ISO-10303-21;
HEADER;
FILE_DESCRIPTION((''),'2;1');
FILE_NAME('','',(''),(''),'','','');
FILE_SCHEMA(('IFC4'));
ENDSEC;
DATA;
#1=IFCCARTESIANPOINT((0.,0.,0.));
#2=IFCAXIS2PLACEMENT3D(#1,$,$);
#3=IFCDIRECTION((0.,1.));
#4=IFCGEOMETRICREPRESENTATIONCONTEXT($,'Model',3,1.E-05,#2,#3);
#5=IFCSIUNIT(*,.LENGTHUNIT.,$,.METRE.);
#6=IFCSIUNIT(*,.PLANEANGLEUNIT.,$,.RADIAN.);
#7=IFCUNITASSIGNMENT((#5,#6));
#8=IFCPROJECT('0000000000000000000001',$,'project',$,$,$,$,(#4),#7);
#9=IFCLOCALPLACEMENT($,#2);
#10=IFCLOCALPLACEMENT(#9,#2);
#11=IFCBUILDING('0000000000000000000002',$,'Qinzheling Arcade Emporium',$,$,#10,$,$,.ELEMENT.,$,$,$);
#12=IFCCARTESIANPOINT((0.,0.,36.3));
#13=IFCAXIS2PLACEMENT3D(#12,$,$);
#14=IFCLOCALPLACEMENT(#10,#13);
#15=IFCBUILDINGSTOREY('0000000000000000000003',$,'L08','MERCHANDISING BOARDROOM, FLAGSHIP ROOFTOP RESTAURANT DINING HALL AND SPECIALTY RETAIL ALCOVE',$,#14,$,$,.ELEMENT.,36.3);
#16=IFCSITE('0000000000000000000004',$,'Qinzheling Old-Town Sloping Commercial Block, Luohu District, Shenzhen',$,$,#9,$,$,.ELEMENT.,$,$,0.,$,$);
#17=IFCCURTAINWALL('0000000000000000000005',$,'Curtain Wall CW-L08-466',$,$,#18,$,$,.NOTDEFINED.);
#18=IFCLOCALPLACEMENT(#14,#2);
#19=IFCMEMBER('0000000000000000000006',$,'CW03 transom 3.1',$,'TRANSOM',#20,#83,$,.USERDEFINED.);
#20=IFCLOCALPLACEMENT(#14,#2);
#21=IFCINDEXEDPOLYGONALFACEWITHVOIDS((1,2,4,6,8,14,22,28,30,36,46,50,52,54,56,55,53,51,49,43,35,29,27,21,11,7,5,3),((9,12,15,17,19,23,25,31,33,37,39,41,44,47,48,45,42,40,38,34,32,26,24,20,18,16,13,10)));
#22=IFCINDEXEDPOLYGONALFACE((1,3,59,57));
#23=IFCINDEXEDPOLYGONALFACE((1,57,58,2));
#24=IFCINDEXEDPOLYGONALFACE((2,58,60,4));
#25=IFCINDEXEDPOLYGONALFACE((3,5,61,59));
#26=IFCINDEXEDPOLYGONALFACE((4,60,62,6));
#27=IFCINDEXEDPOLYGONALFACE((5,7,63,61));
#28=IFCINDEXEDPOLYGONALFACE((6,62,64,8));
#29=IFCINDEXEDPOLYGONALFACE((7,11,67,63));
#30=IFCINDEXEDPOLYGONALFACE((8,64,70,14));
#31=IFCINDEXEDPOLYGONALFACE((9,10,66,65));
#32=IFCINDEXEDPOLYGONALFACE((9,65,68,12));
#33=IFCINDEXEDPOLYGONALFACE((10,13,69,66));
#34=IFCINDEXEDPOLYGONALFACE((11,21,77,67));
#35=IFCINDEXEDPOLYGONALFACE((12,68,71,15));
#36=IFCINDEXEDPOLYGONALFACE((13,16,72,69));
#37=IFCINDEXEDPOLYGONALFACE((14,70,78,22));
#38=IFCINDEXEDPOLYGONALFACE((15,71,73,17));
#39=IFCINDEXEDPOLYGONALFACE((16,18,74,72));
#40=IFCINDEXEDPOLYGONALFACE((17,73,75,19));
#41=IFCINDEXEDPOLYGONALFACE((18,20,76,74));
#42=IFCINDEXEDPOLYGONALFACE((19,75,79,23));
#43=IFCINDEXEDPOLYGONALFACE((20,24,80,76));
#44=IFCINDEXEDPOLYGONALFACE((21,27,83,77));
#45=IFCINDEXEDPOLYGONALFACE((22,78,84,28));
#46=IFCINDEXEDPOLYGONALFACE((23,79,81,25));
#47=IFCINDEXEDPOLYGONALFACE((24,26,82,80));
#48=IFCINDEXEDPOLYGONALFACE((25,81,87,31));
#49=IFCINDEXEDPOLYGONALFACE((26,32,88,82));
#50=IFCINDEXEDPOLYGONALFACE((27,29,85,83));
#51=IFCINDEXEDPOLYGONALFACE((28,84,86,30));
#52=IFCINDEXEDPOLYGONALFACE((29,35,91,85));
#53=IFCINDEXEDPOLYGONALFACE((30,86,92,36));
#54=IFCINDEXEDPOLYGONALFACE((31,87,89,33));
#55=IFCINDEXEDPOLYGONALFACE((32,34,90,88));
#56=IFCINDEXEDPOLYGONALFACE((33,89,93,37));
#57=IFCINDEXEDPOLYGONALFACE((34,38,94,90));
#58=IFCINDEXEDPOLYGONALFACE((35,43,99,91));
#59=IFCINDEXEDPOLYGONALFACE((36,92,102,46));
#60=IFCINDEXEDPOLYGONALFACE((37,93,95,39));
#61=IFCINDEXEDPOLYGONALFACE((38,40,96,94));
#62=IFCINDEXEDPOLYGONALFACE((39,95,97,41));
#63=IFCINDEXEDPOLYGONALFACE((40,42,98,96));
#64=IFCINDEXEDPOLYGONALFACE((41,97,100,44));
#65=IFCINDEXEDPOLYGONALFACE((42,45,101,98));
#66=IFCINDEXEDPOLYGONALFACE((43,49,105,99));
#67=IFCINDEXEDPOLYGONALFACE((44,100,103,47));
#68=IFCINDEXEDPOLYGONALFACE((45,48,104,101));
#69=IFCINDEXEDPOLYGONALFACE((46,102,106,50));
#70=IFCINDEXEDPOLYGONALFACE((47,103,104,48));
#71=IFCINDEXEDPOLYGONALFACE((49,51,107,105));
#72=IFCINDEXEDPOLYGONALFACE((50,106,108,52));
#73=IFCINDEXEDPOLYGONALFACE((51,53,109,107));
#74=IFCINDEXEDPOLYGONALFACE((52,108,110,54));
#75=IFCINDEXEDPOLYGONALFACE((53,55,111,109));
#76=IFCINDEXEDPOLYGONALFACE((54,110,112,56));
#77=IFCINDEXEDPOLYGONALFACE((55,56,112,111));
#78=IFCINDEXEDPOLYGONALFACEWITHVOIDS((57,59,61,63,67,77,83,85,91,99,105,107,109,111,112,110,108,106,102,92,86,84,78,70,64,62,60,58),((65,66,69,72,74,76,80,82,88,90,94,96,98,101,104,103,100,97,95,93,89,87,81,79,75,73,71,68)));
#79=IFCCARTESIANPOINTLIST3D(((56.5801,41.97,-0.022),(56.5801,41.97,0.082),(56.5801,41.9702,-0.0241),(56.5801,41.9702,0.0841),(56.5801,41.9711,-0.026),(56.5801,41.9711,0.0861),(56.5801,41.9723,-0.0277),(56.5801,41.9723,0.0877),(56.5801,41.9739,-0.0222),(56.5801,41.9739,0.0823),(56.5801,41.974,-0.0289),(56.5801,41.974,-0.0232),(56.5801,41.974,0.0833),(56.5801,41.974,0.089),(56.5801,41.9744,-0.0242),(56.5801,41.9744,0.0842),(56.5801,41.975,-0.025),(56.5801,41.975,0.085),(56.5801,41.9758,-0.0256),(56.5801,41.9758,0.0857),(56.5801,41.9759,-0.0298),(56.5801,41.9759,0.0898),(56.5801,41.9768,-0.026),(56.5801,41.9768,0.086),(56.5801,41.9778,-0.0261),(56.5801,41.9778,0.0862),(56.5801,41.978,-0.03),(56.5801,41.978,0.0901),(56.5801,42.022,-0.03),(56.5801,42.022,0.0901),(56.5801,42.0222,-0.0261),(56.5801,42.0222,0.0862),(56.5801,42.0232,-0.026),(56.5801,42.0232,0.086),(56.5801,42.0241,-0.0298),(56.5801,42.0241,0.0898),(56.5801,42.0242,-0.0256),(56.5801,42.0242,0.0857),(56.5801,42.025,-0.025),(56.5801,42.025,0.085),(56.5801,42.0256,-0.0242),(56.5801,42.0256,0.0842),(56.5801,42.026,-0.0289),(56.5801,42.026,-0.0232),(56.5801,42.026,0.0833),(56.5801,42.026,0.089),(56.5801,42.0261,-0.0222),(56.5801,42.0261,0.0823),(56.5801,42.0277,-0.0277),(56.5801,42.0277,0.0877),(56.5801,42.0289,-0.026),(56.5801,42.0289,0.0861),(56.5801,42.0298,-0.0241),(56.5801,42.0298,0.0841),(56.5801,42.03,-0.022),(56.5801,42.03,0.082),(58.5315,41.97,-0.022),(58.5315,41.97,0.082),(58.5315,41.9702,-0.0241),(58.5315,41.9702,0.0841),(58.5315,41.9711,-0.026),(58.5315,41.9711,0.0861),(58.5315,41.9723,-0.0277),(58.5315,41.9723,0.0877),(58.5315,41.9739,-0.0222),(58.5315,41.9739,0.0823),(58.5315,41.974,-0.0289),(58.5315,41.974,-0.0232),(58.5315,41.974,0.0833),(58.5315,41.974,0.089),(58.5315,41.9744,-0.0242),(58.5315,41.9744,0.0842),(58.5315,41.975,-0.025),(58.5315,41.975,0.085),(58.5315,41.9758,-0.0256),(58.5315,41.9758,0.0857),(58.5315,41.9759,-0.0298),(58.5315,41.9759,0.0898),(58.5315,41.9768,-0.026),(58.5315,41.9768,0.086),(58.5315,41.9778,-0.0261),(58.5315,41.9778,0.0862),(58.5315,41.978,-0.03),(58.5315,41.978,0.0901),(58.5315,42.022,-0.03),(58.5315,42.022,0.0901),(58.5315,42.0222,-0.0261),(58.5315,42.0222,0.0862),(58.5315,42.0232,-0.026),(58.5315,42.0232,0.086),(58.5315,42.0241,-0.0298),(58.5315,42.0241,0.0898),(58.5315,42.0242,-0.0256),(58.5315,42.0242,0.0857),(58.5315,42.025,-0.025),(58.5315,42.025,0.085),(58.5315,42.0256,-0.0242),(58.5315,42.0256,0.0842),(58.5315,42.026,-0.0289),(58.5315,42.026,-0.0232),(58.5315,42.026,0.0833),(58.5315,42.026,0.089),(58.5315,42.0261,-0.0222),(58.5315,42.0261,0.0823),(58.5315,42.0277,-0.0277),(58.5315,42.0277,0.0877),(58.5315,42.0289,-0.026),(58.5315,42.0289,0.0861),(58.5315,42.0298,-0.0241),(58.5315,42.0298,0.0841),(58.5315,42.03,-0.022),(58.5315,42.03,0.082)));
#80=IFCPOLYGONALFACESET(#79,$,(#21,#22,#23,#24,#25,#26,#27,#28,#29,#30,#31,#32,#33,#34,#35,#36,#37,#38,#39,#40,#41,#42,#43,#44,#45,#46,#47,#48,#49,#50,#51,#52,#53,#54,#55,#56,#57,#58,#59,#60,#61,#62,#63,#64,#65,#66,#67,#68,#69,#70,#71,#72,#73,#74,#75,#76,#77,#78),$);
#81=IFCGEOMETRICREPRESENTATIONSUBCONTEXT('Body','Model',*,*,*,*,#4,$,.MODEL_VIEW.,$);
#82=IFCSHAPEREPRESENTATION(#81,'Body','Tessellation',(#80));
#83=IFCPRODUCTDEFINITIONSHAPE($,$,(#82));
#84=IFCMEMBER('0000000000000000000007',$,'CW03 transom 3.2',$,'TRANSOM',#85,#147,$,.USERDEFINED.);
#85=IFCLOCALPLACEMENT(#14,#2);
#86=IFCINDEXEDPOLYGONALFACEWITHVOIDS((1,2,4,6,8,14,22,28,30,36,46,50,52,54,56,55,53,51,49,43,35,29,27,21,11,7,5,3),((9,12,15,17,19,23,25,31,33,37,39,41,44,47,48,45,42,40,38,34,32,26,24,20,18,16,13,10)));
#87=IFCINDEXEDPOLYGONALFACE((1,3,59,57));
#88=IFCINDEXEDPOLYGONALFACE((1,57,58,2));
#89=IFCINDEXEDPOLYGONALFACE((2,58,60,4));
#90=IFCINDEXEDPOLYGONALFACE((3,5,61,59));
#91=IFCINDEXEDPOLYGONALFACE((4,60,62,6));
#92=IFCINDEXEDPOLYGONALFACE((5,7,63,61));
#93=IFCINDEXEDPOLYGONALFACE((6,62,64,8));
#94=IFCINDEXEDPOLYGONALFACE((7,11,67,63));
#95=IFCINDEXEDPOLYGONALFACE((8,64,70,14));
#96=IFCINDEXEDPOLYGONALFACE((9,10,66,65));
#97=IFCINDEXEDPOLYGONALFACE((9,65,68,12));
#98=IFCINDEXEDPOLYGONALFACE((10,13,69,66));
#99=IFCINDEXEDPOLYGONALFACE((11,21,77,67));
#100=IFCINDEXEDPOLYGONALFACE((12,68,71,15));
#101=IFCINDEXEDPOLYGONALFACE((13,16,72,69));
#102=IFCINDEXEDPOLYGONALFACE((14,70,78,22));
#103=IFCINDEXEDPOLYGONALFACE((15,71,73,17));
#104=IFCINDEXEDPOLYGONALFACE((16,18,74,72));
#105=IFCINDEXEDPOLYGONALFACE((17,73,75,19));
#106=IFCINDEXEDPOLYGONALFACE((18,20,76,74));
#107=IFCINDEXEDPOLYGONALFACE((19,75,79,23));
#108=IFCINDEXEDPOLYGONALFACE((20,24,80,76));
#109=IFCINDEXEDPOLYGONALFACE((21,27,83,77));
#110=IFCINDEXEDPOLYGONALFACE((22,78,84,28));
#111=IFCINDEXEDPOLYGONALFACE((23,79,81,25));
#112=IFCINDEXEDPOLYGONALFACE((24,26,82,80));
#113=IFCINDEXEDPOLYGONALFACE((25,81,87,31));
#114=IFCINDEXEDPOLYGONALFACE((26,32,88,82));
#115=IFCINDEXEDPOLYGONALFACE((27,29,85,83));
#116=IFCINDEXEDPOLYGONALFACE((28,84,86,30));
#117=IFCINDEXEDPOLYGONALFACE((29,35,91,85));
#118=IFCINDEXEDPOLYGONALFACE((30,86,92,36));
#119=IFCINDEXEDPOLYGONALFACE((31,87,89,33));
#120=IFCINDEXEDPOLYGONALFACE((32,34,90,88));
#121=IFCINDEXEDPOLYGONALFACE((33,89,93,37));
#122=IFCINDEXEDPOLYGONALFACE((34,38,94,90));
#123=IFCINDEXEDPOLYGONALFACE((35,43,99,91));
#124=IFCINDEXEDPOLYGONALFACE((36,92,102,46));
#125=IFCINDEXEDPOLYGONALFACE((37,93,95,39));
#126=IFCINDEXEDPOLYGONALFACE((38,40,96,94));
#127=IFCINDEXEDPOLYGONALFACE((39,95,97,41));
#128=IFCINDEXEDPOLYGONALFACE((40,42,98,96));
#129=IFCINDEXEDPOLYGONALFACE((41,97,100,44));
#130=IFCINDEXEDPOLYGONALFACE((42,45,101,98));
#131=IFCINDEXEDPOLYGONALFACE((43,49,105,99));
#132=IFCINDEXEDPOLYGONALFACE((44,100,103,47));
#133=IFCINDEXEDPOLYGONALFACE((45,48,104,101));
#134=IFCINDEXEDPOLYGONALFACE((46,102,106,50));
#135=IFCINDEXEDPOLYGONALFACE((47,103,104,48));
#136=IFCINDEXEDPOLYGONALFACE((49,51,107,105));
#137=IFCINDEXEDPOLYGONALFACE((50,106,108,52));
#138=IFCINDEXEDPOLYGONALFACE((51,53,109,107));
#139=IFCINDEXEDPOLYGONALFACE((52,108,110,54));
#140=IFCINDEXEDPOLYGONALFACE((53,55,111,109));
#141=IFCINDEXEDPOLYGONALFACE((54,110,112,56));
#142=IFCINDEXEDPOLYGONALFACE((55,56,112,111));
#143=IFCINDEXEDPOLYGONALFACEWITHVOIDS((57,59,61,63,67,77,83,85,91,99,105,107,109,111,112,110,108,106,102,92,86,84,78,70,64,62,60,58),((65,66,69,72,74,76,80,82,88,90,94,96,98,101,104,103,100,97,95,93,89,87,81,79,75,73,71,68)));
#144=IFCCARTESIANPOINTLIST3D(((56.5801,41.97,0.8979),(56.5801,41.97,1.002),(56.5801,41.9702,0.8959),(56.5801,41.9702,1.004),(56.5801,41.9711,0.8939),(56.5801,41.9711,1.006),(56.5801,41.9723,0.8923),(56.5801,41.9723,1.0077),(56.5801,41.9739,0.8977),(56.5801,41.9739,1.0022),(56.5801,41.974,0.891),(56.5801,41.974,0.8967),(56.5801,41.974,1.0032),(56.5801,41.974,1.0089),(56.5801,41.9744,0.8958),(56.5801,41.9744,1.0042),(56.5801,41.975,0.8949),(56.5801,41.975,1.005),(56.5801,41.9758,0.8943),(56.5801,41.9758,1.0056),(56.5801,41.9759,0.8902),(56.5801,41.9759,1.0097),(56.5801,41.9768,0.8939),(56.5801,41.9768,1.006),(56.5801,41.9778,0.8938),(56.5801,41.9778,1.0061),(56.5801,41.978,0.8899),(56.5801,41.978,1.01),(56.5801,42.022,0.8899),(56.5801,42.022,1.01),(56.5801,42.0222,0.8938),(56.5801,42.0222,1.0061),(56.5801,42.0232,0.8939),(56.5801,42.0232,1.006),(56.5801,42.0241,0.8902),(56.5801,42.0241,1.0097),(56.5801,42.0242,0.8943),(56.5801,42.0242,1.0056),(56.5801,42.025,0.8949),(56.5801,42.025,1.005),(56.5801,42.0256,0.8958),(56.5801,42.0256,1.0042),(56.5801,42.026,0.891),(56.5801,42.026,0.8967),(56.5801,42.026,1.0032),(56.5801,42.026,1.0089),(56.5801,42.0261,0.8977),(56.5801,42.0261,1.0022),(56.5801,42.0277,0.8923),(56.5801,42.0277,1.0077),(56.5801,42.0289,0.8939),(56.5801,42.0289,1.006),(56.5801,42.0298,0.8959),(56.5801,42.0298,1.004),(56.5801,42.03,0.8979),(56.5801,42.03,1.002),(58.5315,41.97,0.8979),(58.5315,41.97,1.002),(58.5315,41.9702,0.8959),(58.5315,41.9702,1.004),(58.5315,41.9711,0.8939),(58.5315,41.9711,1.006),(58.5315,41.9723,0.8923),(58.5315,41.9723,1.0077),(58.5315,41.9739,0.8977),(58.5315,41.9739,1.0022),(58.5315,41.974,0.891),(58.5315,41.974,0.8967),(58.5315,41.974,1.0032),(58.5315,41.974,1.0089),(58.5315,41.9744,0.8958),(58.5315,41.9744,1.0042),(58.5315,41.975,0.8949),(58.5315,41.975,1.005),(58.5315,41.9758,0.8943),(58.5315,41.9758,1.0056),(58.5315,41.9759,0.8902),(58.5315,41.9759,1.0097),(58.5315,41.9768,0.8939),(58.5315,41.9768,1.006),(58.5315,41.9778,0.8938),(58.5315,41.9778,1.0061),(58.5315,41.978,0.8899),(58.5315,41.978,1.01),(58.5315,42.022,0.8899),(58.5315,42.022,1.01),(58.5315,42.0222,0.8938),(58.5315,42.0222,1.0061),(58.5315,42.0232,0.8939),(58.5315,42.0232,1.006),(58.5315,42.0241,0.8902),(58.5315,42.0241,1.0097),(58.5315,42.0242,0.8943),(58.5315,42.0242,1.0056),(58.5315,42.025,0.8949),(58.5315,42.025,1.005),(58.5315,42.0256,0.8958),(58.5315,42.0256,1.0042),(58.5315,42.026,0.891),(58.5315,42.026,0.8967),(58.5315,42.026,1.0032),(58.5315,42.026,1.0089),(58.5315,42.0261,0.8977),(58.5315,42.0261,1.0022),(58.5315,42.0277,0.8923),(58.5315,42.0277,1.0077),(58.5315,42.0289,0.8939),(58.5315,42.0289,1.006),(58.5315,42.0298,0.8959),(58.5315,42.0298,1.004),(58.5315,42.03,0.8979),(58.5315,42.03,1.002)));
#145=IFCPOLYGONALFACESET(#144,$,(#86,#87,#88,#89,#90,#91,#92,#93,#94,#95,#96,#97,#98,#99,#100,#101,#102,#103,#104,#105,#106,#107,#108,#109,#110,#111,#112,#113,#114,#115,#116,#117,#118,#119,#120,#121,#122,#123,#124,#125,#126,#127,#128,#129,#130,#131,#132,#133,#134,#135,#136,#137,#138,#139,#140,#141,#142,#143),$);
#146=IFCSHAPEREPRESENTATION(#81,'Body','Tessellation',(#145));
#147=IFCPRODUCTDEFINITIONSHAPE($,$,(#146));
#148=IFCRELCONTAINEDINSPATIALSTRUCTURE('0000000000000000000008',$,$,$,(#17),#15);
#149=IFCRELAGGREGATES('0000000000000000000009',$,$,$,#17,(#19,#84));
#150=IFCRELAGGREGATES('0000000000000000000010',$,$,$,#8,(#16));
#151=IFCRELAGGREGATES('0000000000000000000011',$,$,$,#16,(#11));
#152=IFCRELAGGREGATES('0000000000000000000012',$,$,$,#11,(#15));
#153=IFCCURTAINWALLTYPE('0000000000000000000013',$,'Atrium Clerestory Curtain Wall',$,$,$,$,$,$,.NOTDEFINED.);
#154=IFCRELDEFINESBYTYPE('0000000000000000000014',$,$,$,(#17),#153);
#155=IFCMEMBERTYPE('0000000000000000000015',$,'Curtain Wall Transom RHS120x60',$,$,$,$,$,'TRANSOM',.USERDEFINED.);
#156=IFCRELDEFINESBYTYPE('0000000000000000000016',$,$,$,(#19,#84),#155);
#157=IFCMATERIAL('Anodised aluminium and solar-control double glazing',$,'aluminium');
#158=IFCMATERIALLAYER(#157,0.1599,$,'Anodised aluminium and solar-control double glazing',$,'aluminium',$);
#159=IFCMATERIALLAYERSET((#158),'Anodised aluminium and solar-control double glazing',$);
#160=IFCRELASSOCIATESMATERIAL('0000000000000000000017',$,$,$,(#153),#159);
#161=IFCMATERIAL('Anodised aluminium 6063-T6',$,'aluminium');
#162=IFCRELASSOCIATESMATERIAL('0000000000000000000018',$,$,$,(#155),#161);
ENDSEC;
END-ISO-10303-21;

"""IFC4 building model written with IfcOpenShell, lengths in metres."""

from ifc_helpers import new_model, si_unit, direction, frame, origin, origin_2d, place, context, subcontext, project, spatial, hollow_rectangle, extrude, material, layer, layer_set, material_profile, profile_set, type_object, element, aggregate, save


model = new_model("IFC4")

# Units and contexts
model_context = context("Model", 3, precision=1e-05, world=origin(), true_north=direction((0.0, 1.0)))
body_context = subcontext(model_context, "Body", "Model", "MODEL_VIEW")
ifc_project = project(units=[si_unit("LENGTHUNIT", "METRE"), si_unit("PLANEANGLEUNIT", "RADIAN")], contexts=[model_context])

# Site, building, storey
site_placement = place(None, origin())
site = spatial("IfcSite", under=ifc_project, at=site_placement, Name="Qinzheling Old-Town Sloping Commercial Block, Luohu District, Shenzhen", CompositionType="ELEMENT", RefElevation=0.0)
building_placement = place(site_placement, origin())
building = spatial("IfcBuilding", under=site, at=building_placement, Name="Qinzheling Arcade Emporium", CompositionType="ELEMENT")
storey_placement = place(building_placement, frame((0.0, 0.0, 36.3)))
storey = spatial("IfcBuildingStorey", under=building, at=storey_placement, Name="L08", Description="MERCHANDISING BOARDROOM, FLAGSHIP ROOFTOP RESTAURANT DINING HALL AND SPECIALTY RETAIL ALCOVE", CompositionType="ELEMENT", Elevation=36.3)

# Curtain wall
ifc_material_1 = material(Name="Anodised aluminium and solar-control double glazing", Category="aluminium")
ifc_layer_1 = layer(ifc_material_1, 0.1599, Name="Anodised aluminium and solar-control double glazing", Category="aluminium")
ifc_layer_set_1 = layer_set([ifc_layer_1], Name="Anodised aluminium and solar-control double glazing")
curtain_wall_type = type_object("IfcCurtainWallType", Name="Atrium Clerestory Curtain Wall", PredefinedType="NOTDEFINED", material=ifc_layer_set_1)
curtain_wall_1_placement = place(storey_placement, origin())
curtain_wall_1 = element("IfcCurtainWall", 1, at=curtain_wall_1_placement, inside=storey, type_object=curtain_wall_type, Name="Curtain Wall CW-L08-466", PredefinedType="NOTDEFINED")
ifc_material_2 = material(Name="Anodised aluminium 6063-T6", Category="aluminium")

# Members
ifc_material_profile_1 = material_profile(ifc_material_2, hollow_rectangle(XDim=0.0601, YDim=0.1201, WallThickness=0.0039, InnerFilletRadius=0.0039, OuterFilletRadius=0.0081, at=origin_2d()), Name="RHS 120x60x4", Category="aluminium")
ifc_profile_set_1 = profile_set([ifc_material_profile_1], Name="Anodised aluminium 6063-T6")
member_type_1 = type_object("IfcMemberType", Name="Curtain Wall Transom RHS120x60", ElementType="TRANSOM", PredefinedType="USERDEFINED", material=ifc_profile_set_1)
member_1_placement = place(storey_placement, frame((56.5801, 42.0, 0.03), z_axis=(1.0, 0.0, 0.0), x_axis=(0.0, 1.0, 0.0)))
member_1 = element("IfcMember", 2, at=member_1_placement, type_object=member_type_1, Name="CW03 transom 3.1", ObjectType="TRANSOM", PredefinedType="USERDEFINED", context=body_context, shape_type="SweptSolid", body=[
    extrude(hollow_rectangle(XDim=0.0601, YDim=0.1201, WallThickness=0.0039, InnerFilletRadius=0.0039, OuterFilletRadius=0.0081, at=origin_2d()), origin(), (0.0, 0.0, 1.0), 1.9514),
])
member_2_placement = place(storey_placement, frame((56.5801, 42.0, 0.95), z_axis=(1.0, 0.0, 0.0), x_axis=(0.0, 1.0, 0.0)))
member_2 = element("IfcMember", 3, at=member_2_placement, type_object=member_type_1, Name="CW03 transom 3.2", ObjectType="TRANSOM", PredefinedType="USERDEFINED", context=body_context, shape_type="SweptSolid", body=[
    extrude(hollow_rectangle(XDim=0.0601, YDim=0.1201, WallThickness=0.0039, InnerFilletRadius=0.0039, OuterFilletRadius=0.0081, at=origin_2d()), origin(), (0.0, 0.0, 1.0), 1.9514),
])

aggregate(curtain_wall_1, [member_1, member_2])

save(model, "model.ifc")
